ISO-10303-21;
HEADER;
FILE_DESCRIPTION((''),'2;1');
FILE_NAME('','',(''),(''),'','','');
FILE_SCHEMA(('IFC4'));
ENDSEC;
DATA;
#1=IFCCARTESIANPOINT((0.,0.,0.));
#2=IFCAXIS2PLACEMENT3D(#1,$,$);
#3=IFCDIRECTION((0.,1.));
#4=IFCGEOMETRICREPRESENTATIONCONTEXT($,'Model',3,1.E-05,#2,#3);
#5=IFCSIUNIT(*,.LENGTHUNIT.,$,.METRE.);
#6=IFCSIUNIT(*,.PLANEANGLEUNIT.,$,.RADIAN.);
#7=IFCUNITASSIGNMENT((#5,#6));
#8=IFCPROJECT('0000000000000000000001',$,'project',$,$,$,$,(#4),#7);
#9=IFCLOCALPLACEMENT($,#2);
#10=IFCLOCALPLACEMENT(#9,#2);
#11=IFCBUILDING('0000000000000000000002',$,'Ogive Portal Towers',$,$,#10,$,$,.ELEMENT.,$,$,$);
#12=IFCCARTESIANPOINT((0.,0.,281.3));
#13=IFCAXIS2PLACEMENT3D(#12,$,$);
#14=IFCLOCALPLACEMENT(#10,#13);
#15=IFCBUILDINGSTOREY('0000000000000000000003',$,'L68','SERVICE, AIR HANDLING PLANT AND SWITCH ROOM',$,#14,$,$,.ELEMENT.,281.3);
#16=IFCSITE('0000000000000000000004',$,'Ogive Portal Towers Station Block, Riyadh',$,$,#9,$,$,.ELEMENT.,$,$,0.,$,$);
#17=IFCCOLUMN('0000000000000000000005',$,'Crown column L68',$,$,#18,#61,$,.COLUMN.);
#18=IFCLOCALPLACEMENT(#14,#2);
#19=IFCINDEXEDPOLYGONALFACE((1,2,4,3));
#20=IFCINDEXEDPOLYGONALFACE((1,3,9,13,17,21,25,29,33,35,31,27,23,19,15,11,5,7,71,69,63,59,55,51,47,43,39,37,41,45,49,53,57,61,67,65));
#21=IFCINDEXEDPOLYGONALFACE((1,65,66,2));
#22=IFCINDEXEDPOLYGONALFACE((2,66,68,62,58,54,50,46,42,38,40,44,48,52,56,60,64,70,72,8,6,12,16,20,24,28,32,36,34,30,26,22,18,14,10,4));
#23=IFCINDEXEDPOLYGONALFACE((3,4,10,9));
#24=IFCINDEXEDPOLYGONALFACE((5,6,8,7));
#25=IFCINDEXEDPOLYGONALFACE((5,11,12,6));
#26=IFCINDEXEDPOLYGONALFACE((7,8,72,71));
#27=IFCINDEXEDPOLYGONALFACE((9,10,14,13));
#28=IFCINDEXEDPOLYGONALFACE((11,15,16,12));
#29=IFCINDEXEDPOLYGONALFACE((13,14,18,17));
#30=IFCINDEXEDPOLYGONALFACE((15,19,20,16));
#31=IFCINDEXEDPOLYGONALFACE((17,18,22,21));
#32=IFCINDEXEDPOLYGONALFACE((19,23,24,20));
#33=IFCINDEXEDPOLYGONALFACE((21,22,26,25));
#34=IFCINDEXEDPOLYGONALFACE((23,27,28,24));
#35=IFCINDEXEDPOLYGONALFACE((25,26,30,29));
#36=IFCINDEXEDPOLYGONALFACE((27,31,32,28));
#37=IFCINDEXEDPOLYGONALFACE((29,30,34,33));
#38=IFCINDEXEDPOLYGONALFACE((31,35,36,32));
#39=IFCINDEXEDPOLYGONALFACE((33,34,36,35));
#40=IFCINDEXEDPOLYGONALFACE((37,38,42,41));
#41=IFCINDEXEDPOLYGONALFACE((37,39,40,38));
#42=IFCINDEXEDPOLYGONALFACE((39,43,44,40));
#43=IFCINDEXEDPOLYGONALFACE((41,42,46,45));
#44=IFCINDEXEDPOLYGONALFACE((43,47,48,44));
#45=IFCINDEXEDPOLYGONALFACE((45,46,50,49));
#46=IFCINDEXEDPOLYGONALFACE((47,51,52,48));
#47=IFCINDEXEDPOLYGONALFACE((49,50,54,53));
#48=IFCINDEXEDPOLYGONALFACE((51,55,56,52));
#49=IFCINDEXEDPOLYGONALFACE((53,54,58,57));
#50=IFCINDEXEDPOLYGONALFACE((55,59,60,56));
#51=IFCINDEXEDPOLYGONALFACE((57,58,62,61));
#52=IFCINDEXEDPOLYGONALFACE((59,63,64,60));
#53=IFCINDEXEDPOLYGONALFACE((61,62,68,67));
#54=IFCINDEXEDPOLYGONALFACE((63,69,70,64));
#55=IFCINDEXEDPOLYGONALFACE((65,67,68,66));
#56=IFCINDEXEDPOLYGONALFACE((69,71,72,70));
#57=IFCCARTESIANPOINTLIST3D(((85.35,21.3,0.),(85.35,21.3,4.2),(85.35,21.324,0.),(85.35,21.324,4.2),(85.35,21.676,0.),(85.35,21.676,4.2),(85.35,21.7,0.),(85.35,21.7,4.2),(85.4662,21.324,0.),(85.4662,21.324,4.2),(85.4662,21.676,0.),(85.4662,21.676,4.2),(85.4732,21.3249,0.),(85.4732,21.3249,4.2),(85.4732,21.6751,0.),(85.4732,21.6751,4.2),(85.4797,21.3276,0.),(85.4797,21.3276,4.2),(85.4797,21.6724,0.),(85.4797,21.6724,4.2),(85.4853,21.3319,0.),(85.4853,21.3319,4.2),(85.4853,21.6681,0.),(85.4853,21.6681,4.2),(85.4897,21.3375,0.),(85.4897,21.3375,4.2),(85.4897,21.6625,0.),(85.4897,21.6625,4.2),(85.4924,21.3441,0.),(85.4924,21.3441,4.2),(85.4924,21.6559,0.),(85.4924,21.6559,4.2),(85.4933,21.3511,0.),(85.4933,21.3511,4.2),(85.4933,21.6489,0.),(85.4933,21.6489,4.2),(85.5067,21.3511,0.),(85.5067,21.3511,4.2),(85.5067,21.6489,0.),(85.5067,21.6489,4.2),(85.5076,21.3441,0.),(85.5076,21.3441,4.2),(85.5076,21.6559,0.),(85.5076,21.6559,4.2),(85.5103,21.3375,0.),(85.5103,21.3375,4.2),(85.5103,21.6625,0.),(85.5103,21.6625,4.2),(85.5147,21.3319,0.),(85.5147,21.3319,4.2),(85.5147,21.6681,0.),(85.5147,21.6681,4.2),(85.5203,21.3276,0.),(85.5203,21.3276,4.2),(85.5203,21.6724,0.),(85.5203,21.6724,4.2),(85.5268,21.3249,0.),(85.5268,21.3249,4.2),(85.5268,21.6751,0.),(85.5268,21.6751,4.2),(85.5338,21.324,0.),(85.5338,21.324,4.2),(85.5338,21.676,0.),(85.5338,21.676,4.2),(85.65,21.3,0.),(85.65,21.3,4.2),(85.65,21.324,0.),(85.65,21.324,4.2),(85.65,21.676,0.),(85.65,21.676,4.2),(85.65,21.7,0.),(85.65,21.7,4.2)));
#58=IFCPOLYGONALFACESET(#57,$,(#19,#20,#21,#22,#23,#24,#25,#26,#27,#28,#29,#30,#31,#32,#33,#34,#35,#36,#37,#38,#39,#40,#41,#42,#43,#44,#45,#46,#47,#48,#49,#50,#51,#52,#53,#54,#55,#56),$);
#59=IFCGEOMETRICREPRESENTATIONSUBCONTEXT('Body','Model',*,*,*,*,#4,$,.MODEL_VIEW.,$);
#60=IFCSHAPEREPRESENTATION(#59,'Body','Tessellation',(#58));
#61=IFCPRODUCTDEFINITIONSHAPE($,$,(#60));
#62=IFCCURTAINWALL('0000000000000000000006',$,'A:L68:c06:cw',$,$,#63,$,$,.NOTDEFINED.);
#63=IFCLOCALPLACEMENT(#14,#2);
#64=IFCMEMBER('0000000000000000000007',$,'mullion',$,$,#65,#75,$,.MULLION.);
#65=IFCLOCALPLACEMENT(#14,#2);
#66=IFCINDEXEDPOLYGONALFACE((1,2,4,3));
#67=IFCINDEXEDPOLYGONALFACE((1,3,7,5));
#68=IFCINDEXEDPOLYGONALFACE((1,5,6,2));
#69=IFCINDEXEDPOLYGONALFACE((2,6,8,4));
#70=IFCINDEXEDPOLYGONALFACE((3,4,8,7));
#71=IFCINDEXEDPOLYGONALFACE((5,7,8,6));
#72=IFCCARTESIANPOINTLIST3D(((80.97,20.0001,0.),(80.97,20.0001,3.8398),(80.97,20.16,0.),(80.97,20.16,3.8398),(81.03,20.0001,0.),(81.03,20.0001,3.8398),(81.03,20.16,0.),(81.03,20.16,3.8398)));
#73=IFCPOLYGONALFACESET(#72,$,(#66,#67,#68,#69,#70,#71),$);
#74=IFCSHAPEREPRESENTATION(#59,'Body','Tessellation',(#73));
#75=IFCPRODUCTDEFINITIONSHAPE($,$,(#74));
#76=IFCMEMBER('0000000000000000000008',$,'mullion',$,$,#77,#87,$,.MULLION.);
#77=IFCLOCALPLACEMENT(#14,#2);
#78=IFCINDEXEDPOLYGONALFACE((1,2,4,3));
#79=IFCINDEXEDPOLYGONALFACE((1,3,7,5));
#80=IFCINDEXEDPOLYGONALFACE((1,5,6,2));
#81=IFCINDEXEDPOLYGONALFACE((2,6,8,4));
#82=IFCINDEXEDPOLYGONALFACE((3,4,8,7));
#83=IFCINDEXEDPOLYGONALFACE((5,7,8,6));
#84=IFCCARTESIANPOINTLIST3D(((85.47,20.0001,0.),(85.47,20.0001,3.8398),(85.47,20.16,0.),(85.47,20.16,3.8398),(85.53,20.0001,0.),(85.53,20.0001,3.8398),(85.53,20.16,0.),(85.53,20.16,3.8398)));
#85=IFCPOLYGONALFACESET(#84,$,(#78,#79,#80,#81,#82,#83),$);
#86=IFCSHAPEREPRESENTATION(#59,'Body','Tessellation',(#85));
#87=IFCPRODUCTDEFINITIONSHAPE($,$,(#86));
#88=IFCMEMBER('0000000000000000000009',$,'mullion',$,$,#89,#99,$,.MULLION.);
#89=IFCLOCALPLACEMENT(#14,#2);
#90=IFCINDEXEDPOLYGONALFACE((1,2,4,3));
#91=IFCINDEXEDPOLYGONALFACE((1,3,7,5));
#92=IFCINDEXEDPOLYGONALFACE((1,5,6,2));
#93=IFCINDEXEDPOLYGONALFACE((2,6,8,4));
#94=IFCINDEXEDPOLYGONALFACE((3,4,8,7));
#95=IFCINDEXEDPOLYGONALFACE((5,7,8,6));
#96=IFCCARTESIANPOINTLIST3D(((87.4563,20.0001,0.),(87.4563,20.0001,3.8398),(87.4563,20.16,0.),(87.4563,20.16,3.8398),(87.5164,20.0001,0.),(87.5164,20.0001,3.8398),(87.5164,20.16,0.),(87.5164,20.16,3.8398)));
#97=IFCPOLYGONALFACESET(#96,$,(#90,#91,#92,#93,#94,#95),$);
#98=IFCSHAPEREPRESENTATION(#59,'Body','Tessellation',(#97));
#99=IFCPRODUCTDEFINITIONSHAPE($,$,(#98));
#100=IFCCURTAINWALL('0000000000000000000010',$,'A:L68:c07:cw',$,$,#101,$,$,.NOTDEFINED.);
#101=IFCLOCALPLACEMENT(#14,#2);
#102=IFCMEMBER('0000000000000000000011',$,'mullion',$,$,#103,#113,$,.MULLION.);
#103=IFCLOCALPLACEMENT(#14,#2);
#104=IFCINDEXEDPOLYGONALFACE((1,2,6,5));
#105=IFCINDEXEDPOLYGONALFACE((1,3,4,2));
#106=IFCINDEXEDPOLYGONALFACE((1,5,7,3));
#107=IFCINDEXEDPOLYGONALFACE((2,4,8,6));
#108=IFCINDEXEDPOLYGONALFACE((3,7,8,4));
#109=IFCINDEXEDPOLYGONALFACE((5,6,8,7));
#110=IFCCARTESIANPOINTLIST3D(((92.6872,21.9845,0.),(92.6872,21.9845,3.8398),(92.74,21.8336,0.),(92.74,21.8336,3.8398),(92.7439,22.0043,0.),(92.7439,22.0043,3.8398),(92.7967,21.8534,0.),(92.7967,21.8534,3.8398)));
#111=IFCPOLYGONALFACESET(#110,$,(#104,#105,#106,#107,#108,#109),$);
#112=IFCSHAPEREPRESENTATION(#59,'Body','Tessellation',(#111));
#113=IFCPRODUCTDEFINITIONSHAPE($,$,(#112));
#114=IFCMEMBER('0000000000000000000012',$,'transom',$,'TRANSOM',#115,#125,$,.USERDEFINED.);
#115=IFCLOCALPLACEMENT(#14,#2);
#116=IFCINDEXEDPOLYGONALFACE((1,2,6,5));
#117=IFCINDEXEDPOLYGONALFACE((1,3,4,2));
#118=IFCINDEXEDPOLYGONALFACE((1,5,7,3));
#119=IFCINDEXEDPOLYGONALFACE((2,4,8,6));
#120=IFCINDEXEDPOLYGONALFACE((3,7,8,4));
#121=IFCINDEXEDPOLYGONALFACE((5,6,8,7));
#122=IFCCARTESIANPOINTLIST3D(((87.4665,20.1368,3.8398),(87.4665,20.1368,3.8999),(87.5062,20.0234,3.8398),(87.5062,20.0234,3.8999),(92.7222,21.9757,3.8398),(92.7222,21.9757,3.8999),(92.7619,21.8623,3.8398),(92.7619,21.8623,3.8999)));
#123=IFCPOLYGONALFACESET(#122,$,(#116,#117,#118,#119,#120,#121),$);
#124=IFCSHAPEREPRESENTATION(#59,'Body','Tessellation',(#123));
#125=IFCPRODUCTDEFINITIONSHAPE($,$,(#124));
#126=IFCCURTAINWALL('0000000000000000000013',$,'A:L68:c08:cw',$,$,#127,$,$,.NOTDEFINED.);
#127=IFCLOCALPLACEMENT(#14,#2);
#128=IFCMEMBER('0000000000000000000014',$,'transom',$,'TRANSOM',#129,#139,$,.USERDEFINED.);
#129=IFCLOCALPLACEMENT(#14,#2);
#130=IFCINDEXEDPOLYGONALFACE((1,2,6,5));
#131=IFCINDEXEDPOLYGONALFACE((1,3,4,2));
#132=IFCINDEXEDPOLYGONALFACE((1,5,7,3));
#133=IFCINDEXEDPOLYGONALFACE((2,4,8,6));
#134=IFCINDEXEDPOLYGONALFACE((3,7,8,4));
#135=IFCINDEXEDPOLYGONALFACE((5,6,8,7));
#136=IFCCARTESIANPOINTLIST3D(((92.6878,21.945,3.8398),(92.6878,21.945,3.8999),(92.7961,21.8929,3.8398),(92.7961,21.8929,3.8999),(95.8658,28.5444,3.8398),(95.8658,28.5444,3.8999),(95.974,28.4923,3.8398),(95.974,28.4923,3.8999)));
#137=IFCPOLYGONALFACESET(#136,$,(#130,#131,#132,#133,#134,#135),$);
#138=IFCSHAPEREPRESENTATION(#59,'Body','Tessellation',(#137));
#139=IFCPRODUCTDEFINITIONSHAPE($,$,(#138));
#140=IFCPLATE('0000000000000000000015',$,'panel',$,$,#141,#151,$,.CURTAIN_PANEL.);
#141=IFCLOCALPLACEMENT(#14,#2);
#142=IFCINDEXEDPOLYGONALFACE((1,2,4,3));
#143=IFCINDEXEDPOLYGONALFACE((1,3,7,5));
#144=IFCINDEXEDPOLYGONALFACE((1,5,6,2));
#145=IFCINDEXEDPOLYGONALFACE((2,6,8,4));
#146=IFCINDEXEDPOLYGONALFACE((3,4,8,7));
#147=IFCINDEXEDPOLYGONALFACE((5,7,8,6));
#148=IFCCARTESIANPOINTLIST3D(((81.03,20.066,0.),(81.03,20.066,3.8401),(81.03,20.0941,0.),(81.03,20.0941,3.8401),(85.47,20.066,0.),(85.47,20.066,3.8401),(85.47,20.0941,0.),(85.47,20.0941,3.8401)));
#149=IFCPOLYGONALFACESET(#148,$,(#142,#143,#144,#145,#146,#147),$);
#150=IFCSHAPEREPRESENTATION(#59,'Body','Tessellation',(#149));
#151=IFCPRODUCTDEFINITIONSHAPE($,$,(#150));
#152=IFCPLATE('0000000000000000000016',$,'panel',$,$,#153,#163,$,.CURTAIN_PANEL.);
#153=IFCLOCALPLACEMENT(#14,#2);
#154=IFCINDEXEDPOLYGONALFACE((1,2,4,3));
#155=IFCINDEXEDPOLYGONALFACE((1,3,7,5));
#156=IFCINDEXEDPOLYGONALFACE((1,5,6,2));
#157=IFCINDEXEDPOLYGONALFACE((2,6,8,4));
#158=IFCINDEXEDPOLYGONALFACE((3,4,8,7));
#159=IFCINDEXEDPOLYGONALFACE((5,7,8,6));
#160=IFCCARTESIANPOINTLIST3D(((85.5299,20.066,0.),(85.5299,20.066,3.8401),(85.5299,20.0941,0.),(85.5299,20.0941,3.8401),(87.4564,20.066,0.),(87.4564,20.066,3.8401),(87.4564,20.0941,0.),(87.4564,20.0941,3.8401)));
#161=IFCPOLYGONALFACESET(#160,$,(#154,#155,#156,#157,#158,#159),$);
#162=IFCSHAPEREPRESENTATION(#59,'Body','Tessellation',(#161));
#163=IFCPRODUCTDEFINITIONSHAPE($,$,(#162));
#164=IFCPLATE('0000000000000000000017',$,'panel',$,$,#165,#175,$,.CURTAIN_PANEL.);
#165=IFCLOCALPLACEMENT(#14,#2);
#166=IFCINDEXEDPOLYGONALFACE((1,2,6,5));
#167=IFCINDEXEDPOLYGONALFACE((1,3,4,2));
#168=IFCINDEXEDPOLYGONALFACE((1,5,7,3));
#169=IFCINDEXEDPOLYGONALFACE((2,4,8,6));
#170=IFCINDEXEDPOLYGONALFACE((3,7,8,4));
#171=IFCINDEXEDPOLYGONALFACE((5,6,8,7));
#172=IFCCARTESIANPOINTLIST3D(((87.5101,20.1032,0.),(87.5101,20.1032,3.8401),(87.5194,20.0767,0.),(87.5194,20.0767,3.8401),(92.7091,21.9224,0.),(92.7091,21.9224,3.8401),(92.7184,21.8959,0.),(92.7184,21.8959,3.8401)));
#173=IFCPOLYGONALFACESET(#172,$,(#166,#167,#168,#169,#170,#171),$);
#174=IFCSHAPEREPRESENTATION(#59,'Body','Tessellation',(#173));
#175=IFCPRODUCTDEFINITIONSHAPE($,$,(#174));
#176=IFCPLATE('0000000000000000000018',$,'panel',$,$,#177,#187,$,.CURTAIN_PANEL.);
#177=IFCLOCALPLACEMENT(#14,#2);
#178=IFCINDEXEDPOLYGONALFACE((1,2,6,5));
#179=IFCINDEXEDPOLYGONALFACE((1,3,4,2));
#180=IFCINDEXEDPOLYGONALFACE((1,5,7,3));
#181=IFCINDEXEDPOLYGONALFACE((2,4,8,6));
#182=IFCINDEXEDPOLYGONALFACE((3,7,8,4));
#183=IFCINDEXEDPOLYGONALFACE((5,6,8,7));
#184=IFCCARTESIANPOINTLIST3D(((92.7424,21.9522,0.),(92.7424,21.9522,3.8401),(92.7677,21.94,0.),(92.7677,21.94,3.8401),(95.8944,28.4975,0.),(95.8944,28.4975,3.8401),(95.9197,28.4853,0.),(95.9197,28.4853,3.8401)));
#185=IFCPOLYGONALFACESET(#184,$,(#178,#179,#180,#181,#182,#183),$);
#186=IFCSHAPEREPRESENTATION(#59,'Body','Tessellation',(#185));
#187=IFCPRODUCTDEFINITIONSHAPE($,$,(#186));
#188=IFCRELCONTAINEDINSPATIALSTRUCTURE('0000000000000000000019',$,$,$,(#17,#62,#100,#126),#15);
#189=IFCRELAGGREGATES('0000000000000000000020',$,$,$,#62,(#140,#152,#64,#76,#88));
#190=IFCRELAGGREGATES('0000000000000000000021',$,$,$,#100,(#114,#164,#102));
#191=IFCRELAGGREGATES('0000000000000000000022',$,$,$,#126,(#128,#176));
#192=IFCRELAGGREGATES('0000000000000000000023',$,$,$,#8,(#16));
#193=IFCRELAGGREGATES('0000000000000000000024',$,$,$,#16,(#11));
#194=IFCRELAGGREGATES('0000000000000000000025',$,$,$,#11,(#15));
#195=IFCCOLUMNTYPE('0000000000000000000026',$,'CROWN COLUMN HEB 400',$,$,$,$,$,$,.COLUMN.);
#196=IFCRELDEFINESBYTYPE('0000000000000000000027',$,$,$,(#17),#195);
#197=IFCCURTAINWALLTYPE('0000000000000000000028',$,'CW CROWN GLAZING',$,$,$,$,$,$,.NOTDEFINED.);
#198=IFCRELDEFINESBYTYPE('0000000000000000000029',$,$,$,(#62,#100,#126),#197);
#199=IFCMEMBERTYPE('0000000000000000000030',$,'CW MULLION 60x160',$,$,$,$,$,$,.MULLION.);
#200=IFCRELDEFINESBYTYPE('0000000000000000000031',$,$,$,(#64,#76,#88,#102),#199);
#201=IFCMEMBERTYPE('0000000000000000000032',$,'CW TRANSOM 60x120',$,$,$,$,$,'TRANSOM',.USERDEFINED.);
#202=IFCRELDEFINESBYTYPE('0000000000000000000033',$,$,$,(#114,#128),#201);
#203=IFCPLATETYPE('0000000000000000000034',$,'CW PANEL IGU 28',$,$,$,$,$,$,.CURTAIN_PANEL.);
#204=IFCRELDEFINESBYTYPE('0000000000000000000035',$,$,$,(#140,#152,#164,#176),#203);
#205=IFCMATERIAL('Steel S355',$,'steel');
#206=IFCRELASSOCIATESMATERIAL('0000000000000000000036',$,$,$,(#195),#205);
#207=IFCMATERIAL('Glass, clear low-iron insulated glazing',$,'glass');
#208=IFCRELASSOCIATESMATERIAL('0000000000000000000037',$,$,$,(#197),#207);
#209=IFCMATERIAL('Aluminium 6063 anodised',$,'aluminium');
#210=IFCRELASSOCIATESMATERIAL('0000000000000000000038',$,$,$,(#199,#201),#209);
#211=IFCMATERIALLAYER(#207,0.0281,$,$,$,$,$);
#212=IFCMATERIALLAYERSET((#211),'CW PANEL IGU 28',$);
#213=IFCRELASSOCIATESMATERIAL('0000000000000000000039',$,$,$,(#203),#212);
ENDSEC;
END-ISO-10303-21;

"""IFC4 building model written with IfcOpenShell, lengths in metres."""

from ifc_helpers import new_model, si_unit, direction, frame, origin, origin_2d, place, context, subcontext, project, spatial, rectangle, i_section, extrude, material, layer, layer_set, material_profile, profile_set, type_object, element, aggregate, save


model = new_model("IFC4")

# Units and contexts
model_context = context("Model", 3, precision=1e-05, world=origin(), true_north=direction((0.0, 1.0)))
body_context = subcontext(model_context, "Body", "Model", "MODEL_VIEW")
ifc_project = project(units=[si_unit("LENGTHUNIT", "METRE"), si_unit("PLANEANGLEUNIT", "RADIAN")], contexts=[model_context])

# Site, building, storey
site_placement = place(None, origin())
site = spatial("IfcSite", under=ifc_project, at=site_placement, Name="Ogive Portal Towers Station Block, Riyadh", CompositionType="ELEMENT", RefElevation=0.0)
building_placement = place(site_placement, origin())
building = spatial("IfcBuilding", under=site, at=building_placement, Name="Ogive Portal Towers", CompositionType="ELEMENT")
storey_placement = place(building_placement, frame((0.0, 0.0, 281.3)))
storey = spatial("IfcBuildingStorey", under=building, at=storey_placement, Name="L68", Description="SERVICE, AIR HANDLING PLANT AND SWITCH ROOM", CompositionType="ELEMENT", Elevation=281.3)

# Column
ifc_material_1 = material(Name="Steel S355", Category="steel")
ifc_material_profile_1 = material_profile(ifc_material_1, i_section(OverallWidth=0.3, OverallDepth=0.3999, WebThickness=0.0134, FlangeThickness=0.0239, FilletRadius=0.0271, at=origin_2d()), Name="HEB 400")
ifc_profile_set_1 = profile_set([ifc_material_profile_1], Name="Steel S355")
column_type = type_object("IfcColumnType", Name="CROWN COLUMN HEB 400", PredefinedType="COLUMN", material=ifc_profile_set_1)
column_placement = place(storey_placement, frame((85.5, 21.5, 0.0), z_axis=(0.0, 0.0, 1.0), x_axis=(1.0, 0.0, 0.0)))
element("IfcColumn", 1, at=column_placement, inside=storey, type_object=column_type, Name="Crown column L68", PredefinedType="COLUMN", context=body_context, shape_type="SweptSolid", body=[
    extrude(i_section(OverallWidth=0.3, OverallDepth=0.3999, WebThickness=0.0134, FlangeThickness=0.0239, FilletRadius=0.0271, at=origin_2d()), origin(), (0.0, 0.0, 1.0), 4.2),
])

# Curtain walls, members
ifc_material_2 = material(Name="Glass, clear low-iron insulated glazing", Category="glass")
curtain_wall_type = type_object("IfcCurtainWallType", Name="CW CROWN GLAZING", PredefinedType="NOTDEFINED", material=ifc_material_2)
curtain_wall_1_placement = place(storey_placement, origin())
curtain_wall_1 = element("IfcCurtainWall", 2, at=curtain_wall_1_placement, inside=storey, type_object=curtain_wall_type, Name="A:L68:c06:cw", PredefinedType="NOTDEFINED")
ifc_material_3 = material(Name="Aluminium 6063 anodised", Category="aluminium")
ifc_material_profile_2 = material_profile(ifc_material_3, rectangle(XDim=0.1599, YDim=0.0601, at=origin_2d()), Name="AL 60x160")
ifc_profile_set_2 = profile_set([ifc_material_profile_2], Name="Aluminium 6063 anodised")
member_type_1 = type_object("IfcMemberType", Name="CW MULLION 60x160", PredefinedType="MULLION", material=ifc_profile_set_2)
member_1_placement = place(storey_placement, frame((81.0, 20.0801, 0.0), z_axis=(0.0, 0.0, 1.0), x_axis=(0.0, 1.0, 0.0)))
member_1 = element("IfcMember", 3, at=member_1_placement, type_object=member_type_1, Name="mullion", PredefinedType="MULLION", context=body_context, shape_type="SweptSolid", body=[
    extrude(rectangle(XDim=0.1599, YDim=0.0601, at=origin_2d()), origin(), (0.0, 0.0, 1.0), 3.8398),
])
member_2_placement = place(storey_placement, frame((85.5, 20.0801, 0.0), z_axis=(0.0, 0.0, 1.0), x_axis=(0.0, 1.0, 0.0)))
member_2 = element("IfcMember", 4, at=member_2_placement, type_object=member_type_1, Name="mullion", PredefinedType="MULLION", context=body_context, shape_type="SweptSolid", body=[
    extrude(rectangle(XDim=0.1599, YDim=0.0601, at=origin_2d()), origin(), (0.0, 0.0, 1.0), 3.8398),
])
member_3_placement = place(storey_placement, frame((87.4863, 20.0801, 0.0), z_axis=(0.0, 0.0, 1.0), x_axis=(0.0, 1.0, 0.0)))
member_3 = element("IfcMember", 5, at=member_3_placement, type_object=member_type_1, Name="mullion", PredefinedType="MULLION", context=body_context, shape_type="SweptSolid", body=[
    extrude(rectangle(XDim=0.1599, YDim=0.0601, at=origin_2d()), origin(), (0.0, 0.0, 1.0), 3.8398),
])
curtain_wall_2_placement = place(storey_placement, origin())
curtain_wall_2 = element("IfcCurtainWall", 6, at=curtain_wall_2_placement, inside=storey, type_object=curtain_wall_type, Name="A:L68:c07:cw", PredefinedType="NOTDEFINED")
member_4_placement = place(storey_placement, frame((92.7419, 21.9189, 0.0), z_axis=(0.0, 0.0, 1.0), x_axis=(-0.330279, 0.943883, 0.0)))
member_4 = element("IfcMember", 7, at=member_4_placement, type_object=member_type_1, Name="mullion", PredefinedType="MULLION", context=body_context, shape_type="SweptSolid", body=[
    extrude(rectangle(XDim=0.1599, YDim=0.0601, at=origin_2d()), origin(), (0.0, 0.0, 1.0), 3.8398),
])
ifc_material_profile_3 = material_profile(ifc_material_3, rectangle(XDim=0.1201, YDim=0.0601, at=origin_2d()), Name="AL 120x60")
ifc_profile_set_3 = profile_set([ifc_material_profile_3], Name="Aluminium 6063 anodised")
member_type_2 = type_object("IfcMemberType", Name="CW TRANSOM 60x120", ElementType="TRANSOM", PredefinedType="USERDEFINED", material=ifc_profile_set_3)
member_5_placement = place(storey_placement, frame((87.4863, 20.0801, 3.8699), z_axis=(0.943892, 0.330255, 0.0), x_axis=(-0.330255, 0.943892, 0.0)))
member_5 = element("IfcMember", 8, at=member_5_placement, type_object=member_type_2, Name="transom", ObjectType="TRANSOM", PredefinedType="USERDEFINED", context=body_context, shape_type="SweptSolid", body=[
    extrude(rectangle(XDim=0.1201, YDim=0.0601, at=origin_2d()), origin(), (0.0, 0.0, 1.0), 5.5681),
])

# Curtain wall, member
curtain_wall_3_placement = place(storey_placement, origin())
curtain_wall_3 = element("IfcCurtainWall", 9, at=curtain_wall_3_placement, inside=storey, type_object=curtain_wall_type, Name="A:L68:c08:cw", PredefinedType="NOTDEFINED")
member_6_placement = place(storey_placement, frame((92.7419, 21.9189, 3.8699), z_axis=(0.433872, 0.900975, 0.0), x_axis=(-0.900975, 0.433872, 0.0)))
member_6 = element("IfcMember", 10, at=member_6_placement, type_object=member_type_2, Name="transom", ObjectType="TRANSOM", PredefinedType="USERDEFINED", context=body_context, shape_type="SweptSolid", body=[
    extrude(rectangle(XDim=0.1201, YDim=0.0601, at=origin_2d()), origin(), (0.0, 0.0, 1.0), 7.3247),
])

# Plates
ifc_layer_1 = layer(ifc_material_2, 0.0281)
ifc_layer_set_1 = layer_set([ifc_layer_1], Name="CW PANEL IGU 28")
plate_type = type_object("IfcPlateType", Name="CW PANEL IGU 28", PredefinedType="CURTAIN_PANEL", material=ifc_layer_set_1)
plate_1_placement = place(storey_placement, frame((83.25, 20.0801, 0.0), z_axis=(0.0, 0.0, 1.0), x_axis=(1.0, 0.0, 0.0)))
plate_1 = element("IfcPlate", 11, at=plate_1_placement, type_object=plate_type, Name="panel", PredefinedType="CURTAIN_PANEL", context=body_context, shape_type="SweptSolid", body=[
    extrude(rectangle(XDim=4.4399, YDim=0.0281, at=origin_2d()), origin(), (0.0, 0.0, 1.0), 3.8401),
])
plate_2_placement = place(storey_placement, frame((86.4932, 20.0801, 0.0), z_axis=(0.0, 0.0, 1.0), x_axis=(1.0, 0.0, 0.0)))
plate_2 = element("IfcPlate", 12, at=plate_2_placement, type_object=plate_type, Name="panel", PredefinedType="CURTAIN_PANEL", context=body_context, shape_type="SweptSolid", body=[
    extrude(rectangle(XDim=1.9265, YDim=0.0281, at=origin_2d()), origin(), (0.0, 0.0, 1.0), 3.8401),
])
aggregate(curtain_wall_1, [plate_1, plate_2, member_1, member_2, member_3])
plate_3_placement = place(storey_placement, frame((90.1143, 20.9995, 0.0), z_axis=(0.0, 0.0, 1.0), x_axis=(0.943883, 0.330279, 0.0)))
plate_3 = element("IfcPlate", 13, at=plate_3_placement, type_object=plate_type, Name="panel", PredefinedType="CURTAIN_PANEL", context=body_context, shape_type="SweptSolid", body=[
    extrude(rectangle(XDim=5.5081, YDim=0.0281, at=origin_2d()), origin(), (0.0, 0.0, 1.0), 3.8401),
])
aggregate(curtain_wall_2, [member_5, plate_3, member_4])
plate_4_placement = place(storey_placement, frame((94.3311, 25.2188, 0.0), z_axis=(0.0, 0.0, 1.0), x_axis=(0.433884, 0.900969, 0.0)))
plate_4 = element("IfcPlate", 14, at=plate_4_placement, type_object=plate_type, Name="panel", PredefinedType="CURTAIN_PANEL", context=body_context, shape_type="SweptSolid", body=[
    extrude(rectangle(XDim=7.2646, YDim=0.0281, at=origin_2d()), origin(), (0.0, 0.0, 1.0), 3.8401),
])
aggregate(curtain_wall_3, [member_6, plate_4])

save(model, "model.ifc")
